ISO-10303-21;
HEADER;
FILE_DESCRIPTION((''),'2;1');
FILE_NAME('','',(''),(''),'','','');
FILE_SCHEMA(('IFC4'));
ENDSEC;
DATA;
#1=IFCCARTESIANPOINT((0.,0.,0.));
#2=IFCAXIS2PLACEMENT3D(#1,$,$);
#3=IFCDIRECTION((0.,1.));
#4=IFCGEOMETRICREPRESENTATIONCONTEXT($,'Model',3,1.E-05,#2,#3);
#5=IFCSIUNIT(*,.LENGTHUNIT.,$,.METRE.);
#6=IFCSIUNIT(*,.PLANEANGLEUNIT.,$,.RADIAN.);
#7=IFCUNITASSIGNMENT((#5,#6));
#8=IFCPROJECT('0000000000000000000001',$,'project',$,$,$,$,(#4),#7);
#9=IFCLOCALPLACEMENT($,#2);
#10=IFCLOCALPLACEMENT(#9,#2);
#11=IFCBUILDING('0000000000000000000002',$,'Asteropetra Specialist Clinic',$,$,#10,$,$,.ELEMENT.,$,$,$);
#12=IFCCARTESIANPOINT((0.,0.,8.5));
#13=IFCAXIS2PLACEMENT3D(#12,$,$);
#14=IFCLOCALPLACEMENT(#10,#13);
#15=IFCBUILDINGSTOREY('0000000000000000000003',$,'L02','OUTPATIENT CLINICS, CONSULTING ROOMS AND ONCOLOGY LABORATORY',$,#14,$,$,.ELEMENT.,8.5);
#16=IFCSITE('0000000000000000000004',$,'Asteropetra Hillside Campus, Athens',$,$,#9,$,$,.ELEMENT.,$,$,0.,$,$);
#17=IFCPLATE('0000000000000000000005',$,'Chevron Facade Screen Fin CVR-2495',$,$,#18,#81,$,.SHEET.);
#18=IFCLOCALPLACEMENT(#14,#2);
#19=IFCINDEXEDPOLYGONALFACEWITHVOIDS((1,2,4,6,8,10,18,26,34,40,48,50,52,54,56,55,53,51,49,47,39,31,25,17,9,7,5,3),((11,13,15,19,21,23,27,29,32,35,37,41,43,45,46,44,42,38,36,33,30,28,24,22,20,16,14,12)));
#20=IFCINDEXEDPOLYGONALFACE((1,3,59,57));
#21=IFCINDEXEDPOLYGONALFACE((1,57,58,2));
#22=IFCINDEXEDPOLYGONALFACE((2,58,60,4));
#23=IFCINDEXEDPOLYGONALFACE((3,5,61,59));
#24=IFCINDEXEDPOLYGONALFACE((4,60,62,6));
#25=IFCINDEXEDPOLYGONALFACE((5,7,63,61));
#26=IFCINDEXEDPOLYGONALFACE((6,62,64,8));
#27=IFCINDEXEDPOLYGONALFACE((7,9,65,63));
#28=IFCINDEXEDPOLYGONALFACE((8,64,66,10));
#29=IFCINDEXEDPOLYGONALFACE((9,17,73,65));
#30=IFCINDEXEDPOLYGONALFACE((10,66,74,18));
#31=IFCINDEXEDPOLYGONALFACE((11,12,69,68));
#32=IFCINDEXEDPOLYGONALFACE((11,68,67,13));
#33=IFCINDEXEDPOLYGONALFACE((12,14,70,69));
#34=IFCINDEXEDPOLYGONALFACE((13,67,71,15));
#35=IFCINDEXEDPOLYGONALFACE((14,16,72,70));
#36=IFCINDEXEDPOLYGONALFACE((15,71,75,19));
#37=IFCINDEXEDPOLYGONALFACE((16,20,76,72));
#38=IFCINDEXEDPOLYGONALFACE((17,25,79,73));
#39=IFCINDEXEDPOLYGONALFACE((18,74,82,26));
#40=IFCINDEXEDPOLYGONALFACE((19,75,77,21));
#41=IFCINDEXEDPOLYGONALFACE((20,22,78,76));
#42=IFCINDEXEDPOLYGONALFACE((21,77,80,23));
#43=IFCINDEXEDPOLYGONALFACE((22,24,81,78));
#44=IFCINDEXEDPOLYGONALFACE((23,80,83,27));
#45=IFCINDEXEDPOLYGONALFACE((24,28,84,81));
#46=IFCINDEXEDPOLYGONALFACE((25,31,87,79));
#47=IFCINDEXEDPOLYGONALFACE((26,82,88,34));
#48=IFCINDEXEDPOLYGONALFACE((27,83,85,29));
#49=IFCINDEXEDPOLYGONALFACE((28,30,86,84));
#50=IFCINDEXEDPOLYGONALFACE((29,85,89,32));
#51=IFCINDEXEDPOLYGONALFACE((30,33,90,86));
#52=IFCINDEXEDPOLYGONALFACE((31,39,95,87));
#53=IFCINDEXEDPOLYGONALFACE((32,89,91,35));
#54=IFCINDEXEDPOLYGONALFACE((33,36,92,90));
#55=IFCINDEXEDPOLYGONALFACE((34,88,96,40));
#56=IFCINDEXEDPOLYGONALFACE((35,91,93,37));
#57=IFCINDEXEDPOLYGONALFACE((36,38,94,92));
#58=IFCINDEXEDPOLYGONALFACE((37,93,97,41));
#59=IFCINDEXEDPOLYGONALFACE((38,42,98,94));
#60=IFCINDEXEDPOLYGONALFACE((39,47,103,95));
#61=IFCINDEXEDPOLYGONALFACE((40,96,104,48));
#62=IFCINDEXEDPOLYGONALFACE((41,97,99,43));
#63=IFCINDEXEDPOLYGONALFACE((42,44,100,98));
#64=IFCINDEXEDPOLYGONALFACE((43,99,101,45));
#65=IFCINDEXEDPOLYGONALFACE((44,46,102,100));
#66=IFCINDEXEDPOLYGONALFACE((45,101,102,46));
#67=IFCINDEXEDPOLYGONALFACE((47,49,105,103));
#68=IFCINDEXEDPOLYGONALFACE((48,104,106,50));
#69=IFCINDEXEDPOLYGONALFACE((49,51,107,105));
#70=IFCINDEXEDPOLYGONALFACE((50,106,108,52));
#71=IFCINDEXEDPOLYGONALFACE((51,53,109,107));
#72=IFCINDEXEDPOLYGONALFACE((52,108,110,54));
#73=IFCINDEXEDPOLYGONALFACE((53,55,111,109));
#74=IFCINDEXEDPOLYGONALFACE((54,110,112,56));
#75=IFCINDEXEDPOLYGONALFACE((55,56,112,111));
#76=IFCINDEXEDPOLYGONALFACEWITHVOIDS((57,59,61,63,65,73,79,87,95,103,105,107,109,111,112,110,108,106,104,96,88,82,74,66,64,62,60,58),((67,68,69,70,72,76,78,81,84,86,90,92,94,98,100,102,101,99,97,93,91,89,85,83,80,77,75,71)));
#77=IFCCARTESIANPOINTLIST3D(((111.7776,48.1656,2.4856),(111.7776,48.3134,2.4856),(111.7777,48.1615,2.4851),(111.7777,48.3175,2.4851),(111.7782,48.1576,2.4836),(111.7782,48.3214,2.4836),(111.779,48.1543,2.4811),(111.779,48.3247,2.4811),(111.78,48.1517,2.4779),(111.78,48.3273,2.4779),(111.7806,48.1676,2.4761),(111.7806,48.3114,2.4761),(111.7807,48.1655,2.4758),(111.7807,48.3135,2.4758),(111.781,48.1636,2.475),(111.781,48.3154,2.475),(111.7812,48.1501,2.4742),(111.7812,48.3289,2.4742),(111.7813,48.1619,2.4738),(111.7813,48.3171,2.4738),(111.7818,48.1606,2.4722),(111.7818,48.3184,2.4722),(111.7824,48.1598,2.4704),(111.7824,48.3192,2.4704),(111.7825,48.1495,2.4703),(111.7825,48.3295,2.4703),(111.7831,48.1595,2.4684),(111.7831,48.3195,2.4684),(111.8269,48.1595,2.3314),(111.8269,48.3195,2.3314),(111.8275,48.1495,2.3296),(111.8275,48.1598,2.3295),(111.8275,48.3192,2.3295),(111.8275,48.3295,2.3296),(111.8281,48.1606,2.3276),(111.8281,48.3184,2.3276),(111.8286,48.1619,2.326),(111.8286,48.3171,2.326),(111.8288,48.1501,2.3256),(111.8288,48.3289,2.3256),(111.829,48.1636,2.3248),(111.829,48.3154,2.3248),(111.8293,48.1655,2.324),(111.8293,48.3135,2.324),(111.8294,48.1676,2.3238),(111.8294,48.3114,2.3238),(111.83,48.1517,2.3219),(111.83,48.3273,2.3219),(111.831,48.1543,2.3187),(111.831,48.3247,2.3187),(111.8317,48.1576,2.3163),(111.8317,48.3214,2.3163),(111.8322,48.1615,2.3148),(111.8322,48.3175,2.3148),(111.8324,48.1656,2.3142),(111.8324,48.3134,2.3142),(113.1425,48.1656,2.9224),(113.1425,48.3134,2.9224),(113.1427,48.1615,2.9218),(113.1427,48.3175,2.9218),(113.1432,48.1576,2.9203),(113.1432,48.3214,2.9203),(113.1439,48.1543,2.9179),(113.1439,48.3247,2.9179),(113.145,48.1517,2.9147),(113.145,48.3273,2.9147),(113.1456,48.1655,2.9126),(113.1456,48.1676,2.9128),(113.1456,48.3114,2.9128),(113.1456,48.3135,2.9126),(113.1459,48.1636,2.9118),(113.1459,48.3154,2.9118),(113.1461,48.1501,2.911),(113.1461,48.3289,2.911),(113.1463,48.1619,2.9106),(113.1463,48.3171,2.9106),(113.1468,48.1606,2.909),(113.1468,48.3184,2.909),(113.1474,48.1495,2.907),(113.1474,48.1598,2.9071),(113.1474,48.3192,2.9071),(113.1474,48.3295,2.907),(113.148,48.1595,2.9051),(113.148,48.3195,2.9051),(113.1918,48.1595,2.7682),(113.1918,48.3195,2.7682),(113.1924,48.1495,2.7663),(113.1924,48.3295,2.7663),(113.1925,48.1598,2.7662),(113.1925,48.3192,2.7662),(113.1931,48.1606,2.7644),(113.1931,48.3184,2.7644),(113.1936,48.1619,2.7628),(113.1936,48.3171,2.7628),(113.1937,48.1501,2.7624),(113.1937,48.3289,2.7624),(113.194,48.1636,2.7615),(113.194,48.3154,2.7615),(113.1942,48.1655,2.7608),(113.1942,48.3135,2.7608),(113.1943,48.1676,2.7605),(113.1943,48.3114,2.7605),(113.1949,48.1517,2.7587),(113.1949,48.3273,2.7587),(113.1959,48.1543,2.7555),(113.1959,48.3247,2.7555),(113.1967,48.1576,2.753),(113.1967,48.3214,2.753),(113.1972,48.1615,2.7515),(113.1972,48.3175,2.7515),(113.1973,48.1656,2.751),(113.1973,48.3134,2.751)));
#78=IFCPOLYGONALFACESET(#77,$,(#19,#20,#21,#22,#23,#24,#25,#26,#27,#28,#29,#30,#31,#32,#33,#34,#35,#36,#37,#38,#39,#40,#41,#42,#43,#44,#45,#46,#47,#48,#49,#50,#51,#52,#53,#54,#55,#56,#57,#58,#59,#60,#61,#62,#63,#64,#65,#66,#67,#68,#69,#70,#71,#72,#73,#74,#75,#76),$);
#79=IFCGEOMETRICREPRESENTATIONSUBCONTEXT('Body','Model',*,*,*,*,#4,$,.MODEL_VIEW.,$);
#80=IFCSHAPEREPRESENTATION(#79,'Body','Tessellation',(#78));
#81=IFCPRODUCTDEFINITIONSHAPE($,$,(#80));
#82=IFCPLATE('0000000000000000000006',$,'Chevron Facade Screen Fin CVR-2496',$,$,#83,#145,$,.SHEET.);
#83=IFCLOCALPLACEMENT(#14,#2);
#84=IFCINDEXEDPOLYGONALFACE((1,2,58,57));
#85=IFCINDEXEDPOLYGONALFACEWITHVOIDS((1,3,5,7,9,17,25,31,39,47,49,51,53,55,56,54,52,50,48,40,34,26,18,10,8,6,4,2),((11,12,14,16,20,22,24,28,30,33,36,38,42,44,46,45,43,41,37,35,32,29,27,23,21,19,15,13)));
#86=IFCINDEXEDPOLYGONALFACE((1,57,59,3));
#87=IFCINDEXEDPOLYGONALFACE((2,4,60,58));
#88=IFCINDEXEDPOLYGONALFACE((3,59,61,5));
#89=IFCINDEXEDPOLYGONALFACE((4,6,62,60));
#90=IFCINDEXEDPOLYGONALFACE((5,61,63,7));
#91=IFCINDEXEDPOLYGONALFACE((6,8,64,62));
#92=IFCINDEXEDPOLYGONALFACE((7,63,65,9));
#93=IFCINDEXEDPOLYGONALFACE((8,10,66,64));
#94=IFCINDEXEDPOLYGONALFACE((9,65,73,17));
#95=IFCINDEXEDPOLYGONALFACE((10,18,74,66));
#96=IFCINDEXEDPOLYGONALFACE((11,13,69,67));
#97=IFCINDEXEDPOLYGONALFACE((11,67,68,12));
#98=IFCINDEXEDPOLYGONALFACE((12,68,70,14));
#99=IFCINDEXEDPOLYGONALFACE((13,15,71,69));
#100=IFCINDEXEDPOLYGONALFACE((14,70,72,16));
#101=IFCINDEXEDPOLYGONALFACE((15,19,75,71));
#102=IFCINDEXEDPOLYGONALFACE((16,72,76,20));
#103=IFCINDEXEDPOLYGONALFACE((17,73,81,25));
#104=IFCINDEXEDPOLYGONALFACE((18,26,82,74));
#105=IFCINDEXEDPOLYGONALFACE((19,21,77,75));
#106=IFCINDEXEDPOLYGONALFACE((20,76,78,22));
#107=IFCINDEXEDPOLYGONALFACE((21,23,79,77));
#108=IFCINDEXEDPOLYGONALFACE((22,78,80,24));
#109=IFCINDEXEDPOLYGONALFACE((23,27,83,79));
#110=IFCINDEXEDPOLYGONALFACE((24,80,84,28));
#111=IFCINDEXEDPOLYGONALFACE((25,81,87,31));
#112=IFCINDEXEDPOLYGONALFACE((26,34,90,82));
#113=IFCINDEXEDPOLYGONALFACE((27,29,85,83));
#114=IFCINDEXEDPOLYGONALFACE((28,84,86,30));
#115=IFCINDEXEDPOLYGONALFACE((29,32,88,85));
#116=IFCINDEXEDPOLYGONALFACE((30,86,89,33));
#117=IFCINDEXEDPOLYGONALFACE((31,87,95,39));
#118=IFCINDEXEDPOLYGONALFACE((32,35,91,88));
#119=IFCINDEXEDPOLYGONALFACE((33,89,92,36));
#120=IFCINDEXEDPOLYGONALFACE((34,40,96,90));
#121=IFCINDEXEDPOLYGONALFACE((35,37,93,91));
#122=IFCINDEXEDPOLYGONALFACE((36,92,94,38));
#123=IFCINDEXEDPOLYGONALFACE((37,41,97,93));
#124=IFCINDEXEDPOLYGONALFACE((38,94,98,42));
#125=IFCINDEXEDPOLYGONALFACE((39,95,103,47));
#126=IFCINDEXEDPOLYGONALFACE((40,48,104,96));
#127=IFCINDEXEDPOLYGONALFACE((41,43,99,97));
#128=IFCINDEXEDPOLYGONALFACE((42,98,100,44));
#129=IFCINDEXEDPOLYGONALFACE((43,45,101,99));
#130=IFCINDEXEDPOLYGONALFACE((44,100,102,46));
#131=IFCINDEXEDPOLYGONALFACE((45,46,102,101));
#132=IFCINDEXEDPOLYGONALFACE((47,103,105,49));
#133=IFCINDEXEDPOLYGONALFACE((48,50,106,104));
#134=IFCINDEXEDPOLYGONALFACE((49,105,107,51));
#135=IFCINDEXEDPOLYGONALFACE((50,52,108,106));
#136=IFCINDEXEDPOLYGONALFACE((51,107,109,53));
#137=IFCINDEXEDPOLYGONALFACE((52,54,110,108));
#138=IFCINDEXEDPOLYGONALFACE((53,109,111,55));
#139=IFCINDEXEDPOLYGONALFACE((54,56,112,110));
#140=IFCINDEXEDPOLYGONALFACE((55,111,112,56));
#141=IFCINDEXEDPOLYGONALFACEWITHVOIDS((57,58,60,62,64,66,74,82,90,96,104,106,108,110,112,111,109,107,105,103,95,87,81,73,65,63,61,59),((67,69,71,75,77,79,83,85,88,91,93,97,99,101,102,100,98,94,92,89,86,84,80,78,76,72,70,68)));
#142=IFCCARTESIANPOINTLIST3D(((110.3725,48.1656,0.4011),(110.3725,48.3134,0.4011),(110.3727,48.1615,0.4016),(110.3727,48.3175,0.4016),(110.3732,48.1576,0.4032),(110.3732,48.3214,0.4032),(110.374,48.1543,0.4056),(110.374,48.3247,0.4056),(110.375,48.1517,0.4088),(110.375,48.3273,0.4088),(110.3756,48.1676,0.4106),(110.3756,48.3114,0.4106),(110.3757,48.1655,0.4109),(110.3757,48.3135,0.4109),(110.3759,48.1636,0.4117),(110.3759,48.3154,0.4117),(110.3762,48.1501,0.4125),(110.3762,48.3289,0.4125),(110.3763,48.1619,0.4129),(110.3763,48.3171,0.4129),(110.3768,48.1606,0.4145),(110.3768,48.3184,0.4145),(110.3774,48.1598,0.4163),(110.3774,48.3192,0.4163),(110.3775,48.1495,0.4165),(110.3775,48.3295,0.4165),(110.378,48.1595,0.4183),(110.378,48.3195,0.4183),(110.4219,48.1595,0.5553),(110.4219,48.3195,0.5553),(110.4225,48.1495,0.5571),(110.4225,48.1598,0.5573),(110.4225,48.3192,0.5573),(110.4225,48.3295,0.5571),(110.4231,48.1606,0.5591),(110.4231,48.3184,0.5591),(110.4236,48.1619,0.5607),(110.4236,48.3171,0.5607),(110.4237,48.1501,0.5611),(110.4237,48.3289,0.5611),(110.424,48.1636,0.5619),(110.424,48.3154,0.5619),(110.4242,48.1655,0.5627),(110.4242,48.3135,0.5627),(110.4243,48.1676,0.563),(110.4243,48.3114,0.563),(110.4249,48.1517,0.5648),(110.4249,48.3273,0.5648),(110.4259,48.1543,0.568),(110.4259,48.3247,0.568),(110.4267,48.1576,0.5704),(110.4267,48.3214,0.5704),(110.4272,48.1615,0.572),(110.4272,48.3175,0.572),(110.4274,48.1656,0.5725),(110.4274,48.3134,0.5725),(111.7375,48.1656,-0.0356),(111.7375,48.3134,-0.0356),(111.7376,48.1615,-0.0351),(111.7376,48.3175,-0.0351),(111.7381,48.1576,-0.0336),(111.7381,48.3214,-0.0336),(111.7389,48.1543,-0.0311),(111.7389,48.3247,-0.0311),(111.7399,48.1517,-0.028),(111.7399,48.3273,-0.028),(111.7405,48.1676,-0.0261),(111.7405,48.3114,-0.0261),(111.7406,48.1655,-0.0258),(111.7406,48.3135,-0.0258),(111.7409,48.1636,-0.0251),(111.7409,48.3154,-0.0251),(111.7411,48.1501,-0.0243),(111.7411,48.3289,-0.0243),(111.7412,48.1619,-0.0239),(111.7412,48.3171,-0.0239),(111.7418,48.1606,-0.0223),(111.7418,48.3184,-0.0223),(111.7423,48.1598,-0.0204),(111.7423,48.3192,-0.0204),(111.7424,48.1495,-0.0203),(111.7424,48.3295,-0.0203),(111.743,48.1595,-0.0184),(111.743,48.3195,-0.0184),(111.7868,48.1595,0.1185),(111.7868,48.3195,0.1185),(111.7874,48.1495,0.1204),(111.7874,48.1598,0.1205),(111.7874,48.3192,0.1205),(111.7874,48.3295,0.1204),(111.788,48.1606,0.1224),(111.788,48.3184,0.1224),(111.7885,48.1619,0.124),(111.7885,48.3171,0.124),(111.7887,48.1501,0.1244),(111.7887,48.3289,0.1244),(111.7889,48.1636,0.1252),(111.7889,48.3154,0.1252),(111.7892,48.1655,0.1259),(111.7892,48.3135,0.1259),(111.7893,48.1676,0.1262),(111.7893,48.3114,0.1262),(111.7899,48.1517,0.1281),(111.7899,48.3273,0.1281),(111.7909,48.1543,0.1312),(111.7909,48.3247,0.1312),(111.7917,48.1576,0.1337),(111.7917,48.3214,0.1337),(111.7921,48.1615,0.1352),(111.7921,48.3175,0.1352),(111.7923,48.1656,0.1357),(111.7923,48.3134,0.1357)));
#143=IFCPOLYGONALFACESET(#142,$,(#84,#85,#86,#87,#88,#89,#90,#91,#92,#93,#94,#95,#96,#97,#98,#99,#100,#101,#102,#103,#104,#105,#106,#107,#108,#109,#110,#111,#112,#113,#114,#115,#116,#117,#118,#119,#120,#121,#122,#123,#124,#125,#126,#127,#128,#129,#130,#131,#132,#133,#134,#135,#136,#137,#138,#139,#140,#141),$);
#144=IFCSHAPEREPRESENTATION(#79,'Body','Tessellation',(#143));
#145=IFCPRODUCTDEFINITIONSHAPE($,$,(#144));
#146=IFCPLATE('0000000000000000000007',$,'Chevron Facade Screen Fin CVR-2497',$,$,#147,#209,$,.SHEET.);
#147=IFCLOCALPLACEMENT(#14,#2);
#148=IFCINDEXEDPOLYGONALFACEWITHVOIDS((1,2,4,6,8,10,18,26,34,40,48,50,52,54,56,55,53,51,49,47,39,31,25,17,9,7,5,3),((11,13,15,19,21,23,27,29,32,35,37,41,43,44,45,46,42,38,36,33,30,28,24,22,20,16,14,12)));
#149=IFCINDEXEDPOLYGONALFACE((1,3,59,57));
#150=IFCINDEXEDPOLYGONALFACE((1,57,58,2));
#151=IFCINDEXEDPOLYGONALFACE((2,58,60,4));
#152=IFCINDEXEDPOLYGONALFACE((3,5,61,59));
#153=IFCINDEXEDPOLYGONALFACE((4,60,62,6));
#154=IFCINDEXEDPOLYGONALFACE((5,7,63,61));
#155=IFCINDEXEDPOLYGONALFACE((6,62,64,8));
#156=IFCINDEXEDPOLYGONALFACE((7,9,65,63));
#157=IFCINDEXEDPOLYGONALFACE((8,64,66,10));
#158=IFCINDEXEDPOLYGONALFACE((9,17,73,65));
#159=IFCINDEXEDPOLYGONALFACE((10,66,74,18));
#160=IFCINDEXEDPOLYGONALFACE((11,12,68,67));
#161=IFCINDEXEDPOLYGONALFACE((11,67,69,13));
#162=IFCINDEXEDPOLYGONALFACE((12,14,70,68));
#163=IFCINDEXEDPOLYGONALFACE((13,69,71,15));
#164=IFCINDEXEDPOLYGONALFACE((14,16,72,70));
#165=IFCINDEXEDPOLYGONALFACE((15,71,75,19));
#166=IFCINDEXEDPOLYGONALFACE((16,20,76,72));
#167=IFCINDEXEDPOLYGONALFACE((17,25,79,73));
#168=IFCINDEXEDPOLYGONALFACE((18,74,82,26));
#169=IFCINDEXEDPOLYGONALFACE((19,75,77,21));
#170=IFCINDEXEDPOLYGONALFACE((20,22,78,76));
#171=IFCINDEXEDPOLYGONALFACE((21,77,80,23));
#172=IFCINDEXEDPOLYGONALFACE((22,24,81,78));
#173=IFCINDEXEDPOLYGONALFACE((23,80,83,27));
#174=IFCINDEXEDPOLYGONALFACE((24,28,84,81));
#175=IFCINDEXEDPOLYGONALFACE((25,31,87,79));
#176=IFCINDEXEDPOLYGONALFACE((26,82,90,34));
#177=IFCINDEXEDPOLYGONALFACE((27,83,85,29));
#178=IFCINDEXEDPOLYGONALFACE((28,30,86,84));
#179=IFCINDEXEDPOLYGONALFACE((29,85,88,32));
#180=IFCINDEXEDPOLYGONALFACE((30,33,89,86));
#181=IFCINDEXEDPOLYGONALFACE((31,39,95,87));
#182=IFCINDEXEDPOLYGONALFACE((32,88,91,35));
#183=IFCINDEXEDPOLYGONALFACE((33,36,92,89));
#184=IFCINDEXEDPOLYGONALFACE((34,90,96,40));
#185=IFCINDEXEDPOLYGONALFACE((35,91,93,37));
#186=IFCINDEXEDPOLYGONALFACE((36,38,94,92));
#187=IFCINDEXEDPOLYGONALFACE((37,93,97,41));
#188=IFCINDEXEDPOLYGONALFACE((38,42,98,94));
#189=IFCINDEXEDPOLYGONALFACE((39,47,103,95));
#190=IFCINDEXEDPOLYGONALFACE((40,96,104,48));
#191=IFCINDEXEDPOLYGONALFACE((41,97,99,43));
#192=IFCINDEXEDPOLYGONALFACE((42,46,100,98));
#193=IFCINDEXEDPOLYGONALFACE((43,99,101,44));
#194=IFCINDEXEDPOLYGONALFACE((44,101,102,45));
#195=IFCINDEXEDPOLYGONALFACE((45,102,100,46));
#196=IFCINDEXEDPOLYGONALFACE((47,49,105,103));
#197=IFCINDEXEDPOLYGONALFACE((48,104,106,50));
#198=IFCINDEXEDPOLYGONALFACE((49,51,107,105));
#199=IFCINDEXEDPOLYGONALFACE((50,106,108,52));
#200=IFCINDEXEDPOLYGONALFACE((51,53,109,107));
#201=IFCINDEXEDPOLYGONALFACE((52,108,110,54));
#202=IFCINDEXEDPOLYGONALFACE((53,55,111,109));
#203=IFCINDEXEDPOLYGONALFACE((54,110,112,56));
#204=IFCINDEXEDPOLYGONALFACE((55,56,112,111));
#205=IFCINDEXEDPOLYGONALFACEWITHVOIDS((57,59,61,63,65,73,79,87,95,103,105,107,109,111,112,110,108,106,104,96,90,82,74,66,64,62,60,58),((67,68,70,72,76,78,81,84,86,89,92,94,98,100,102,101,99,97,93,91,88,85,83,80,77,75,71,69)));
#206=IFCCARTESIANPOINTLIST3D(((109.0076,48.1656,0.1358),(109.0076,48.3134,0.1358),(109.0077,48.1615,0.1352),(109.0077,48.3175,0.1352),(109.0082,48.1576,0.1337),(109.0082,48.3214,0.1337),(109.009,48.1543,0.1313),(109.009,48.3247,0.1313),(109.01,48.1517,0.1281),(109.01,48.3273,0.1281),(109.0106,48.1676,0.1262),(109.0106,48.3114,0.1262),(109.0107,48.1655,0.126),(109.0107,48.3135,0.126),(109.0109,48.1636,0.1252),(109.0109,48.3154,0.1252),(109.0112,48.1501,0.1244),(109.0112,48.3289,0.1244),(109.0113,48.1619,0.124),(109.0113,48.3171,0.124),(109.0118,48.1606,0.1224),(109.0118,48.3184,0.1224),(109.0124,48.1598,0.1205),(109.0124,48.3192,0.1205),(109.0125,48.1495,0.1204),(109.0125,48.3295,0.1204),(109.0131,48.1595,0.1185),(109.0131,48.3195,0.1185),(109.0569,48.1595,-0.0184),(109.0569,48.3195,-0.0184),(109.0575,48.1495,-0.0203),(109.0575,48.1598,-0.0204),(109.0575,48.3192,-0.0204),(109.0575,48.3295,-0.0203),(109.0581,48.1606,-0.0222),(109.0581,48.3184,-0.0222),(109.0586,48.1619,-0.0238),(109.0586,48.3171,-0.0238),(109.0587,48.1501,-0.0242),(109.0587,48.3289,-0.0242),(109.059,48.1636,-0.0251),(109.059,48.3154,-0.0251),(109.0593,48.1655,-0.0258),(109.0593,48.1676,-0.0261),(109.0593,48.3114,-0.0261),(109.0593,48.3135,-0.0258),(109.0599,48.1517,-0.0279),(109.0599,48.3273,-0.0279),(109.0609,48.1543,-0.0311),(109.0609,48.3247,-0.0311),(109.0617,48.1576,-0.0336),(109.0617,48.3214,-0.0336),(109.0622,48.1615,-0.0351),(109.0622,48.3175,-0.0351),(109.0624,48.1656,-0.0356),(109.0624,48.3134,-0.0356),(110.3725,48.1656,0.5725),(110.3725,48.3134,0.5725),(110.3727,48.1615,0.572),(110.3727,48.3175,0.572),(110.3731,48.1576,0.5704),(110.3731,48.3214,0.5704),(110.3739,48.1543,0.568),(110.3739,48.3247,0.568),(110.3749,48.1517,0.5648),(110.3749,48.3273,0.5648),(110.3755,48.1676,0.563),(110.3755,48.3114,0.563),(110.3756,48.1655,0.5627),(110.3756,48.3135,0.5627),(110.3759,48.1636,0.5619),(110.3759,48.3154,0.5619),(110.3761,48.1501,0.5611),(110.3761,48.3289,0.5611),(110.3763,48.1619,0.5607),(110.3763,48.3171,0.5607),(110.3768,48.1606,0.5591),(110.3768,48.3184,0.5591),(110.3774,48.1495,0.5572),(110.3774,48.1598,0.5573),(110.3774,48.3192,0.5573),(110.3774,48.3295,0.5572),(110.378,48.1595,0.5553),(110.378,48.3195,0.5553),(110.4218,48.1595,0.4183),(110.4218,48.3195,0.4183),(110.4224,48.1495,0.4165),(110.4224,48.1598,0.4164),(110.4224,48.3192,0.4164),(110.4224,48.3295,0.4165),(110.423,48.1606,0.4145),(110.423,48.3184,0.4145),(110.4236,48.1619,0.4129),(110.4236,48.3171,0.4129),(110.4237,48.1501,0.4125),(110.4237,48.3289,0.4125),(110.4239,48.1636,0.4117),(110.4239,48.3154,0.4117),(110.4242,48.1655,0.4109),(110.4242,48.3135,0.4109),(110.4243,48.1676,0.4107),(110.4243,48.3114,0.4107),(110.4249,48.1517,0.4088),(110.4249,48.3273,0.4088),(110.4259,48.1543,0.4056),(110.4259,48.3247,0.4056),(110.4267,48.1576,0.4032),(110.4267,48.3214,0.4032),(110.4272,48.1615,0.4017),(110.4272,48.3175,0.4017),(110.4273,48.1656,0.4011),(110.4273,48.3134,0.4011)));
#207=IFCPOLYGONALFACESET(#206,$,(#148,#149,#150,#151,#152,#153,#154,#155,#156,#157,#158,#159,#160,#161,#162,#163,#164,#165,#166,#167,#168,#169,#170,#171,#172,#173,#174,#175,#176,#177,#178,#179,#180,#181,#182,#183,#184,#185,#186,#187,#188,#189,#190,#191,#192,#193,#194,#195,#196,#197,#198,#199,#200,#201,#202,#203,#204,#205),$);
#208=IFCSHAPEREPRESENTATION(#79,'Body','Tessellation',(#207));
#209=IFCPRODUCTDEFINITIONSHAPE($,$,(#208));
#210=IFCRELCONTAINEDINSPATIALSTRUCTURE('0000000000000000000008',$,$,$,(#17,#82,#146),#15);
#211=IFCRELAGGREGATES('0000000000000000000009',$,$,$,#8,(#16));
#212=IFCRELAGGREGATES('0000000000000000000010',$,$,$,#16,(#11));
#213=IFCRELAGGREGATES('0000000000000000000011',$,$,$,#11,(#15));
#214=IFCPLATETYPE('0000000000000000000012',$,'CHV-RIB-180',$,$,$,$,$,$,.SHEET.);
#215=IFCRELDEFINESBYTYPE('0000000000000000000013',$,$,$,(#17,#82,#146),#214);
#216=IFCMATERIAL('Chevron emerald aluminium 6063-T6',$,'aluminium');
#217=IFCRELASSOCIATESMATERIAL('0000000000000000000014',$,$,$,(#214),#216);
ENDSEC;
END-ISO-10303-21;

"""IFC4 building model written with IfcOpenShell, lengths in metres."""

from ifc_helpers import new_model, si_unit, direction, frame, origin, origin_2d, place, context, subcontext, project, spatial, hollow_rectangle, extrude, material, material_profile, profile_set, type_object, element, save


model = new_model("IFC4")

# Units and contexts
model_context = context("Model", 3, precision=1e-05, world=origin(), true_north=direction((0.0, 1.0)))
body_context = subcontext(model_context, "Body", "Model", "MODEL_VIEW")
ifc_project = project(units=[si_unit("LENGTHUNIT", "METRE"), si_unit("PLANEANGLEUNIT", "RADIAN")], contexts=[model_context])

# Site, building, storey
site_placement = place(None, origin())
site = spatial("IfcSite", under=ifc_project, at=site_placement, Name="Asteropetra Hillside Campus, Athens", CompositionType="ELEMENT", RefElevation=0.0)
building_placement = place(site_placement, origin())
building = spatial("IfcBuilding", under=site, at=building_placement, Name="Asteropetra Specialist Clinic", CompositionType="ELEMENT")
storey_placement = place(building_placement, frame((0.0, 0.0, 8.5)))
storey = spatial("IfcBuildingStorey", under=building, at=storey_placement, Name="L02", Description="OUTPATIENT CLINICS, CONSULTING ROOMS AND ONCOLOGY LABORATORY", CompositionType="ELEMENT", Elevation=8.5)

# Plates
ifc_material_1 = material(Name="Chevron emerald aluminium 6063-T6", Category="aluminium")
ifc_material_profile_1 = material_profile(ifc_material_1, hollow_rectangle(XDim=0.1799, YDim=0.1799, WallThickness=0.01, InnerFilletRadius=0.0081, OuterFilletRadius=0.0161, at=origin_2d()), Name="SHS 180x180x10.0")
ifc_profile_set_1 = profile_set([ifc_material_profile_1], Name="Chevron emerald aluminium 6063-T6")
plate_type = type_object("IfcPlateType", Name="CHV-RIB-180", PredefinedType="SHEET", material=ifc_profile_set_1)
for number, where, z_axis, x_axis, name in (
    (1, (113.1699, 48.2395, 2.8367), (-0.95243, 0.0, -0.304757), (0.0, -1.0, 0.0), "Chevron Facade Screen Fin CVR-2495"),
    (2, (111.7649, 48.2395, 0.05), (-0.95243, 0.0, 0.304757), (0.0, -1.0, 0.0), "Chevron Facade Screen Fin CVR-2496"),
    (3, (110.3999, 48.2395, 0.4868), (-0.95243, 0.0, -0.304757), (0.0, -1.0, 0.0), "Chevron Facade Screen Fin CVR-2497"),
):
    element("IfcPlate", number, at=place(storey_placement, frame(where, z_axis=z_axis, x_axis=x_axis)), inside=storey, type_object=plate_type, Name=name, PredefinedType="SHEET", context=body_context, shape_type="SweptSolid", body=[
        extrude(hollow_rectangle(XDim=0.1799, YDim=0.1799, WallThickness=0.01, InnerFilletRadius=0.0081, OuterFilletRadius=0.0161, at=origin_2d()), origin(), (0.0, 0.0, 1.0), 1.4331),
    ])

save(model, "model.ifc")
